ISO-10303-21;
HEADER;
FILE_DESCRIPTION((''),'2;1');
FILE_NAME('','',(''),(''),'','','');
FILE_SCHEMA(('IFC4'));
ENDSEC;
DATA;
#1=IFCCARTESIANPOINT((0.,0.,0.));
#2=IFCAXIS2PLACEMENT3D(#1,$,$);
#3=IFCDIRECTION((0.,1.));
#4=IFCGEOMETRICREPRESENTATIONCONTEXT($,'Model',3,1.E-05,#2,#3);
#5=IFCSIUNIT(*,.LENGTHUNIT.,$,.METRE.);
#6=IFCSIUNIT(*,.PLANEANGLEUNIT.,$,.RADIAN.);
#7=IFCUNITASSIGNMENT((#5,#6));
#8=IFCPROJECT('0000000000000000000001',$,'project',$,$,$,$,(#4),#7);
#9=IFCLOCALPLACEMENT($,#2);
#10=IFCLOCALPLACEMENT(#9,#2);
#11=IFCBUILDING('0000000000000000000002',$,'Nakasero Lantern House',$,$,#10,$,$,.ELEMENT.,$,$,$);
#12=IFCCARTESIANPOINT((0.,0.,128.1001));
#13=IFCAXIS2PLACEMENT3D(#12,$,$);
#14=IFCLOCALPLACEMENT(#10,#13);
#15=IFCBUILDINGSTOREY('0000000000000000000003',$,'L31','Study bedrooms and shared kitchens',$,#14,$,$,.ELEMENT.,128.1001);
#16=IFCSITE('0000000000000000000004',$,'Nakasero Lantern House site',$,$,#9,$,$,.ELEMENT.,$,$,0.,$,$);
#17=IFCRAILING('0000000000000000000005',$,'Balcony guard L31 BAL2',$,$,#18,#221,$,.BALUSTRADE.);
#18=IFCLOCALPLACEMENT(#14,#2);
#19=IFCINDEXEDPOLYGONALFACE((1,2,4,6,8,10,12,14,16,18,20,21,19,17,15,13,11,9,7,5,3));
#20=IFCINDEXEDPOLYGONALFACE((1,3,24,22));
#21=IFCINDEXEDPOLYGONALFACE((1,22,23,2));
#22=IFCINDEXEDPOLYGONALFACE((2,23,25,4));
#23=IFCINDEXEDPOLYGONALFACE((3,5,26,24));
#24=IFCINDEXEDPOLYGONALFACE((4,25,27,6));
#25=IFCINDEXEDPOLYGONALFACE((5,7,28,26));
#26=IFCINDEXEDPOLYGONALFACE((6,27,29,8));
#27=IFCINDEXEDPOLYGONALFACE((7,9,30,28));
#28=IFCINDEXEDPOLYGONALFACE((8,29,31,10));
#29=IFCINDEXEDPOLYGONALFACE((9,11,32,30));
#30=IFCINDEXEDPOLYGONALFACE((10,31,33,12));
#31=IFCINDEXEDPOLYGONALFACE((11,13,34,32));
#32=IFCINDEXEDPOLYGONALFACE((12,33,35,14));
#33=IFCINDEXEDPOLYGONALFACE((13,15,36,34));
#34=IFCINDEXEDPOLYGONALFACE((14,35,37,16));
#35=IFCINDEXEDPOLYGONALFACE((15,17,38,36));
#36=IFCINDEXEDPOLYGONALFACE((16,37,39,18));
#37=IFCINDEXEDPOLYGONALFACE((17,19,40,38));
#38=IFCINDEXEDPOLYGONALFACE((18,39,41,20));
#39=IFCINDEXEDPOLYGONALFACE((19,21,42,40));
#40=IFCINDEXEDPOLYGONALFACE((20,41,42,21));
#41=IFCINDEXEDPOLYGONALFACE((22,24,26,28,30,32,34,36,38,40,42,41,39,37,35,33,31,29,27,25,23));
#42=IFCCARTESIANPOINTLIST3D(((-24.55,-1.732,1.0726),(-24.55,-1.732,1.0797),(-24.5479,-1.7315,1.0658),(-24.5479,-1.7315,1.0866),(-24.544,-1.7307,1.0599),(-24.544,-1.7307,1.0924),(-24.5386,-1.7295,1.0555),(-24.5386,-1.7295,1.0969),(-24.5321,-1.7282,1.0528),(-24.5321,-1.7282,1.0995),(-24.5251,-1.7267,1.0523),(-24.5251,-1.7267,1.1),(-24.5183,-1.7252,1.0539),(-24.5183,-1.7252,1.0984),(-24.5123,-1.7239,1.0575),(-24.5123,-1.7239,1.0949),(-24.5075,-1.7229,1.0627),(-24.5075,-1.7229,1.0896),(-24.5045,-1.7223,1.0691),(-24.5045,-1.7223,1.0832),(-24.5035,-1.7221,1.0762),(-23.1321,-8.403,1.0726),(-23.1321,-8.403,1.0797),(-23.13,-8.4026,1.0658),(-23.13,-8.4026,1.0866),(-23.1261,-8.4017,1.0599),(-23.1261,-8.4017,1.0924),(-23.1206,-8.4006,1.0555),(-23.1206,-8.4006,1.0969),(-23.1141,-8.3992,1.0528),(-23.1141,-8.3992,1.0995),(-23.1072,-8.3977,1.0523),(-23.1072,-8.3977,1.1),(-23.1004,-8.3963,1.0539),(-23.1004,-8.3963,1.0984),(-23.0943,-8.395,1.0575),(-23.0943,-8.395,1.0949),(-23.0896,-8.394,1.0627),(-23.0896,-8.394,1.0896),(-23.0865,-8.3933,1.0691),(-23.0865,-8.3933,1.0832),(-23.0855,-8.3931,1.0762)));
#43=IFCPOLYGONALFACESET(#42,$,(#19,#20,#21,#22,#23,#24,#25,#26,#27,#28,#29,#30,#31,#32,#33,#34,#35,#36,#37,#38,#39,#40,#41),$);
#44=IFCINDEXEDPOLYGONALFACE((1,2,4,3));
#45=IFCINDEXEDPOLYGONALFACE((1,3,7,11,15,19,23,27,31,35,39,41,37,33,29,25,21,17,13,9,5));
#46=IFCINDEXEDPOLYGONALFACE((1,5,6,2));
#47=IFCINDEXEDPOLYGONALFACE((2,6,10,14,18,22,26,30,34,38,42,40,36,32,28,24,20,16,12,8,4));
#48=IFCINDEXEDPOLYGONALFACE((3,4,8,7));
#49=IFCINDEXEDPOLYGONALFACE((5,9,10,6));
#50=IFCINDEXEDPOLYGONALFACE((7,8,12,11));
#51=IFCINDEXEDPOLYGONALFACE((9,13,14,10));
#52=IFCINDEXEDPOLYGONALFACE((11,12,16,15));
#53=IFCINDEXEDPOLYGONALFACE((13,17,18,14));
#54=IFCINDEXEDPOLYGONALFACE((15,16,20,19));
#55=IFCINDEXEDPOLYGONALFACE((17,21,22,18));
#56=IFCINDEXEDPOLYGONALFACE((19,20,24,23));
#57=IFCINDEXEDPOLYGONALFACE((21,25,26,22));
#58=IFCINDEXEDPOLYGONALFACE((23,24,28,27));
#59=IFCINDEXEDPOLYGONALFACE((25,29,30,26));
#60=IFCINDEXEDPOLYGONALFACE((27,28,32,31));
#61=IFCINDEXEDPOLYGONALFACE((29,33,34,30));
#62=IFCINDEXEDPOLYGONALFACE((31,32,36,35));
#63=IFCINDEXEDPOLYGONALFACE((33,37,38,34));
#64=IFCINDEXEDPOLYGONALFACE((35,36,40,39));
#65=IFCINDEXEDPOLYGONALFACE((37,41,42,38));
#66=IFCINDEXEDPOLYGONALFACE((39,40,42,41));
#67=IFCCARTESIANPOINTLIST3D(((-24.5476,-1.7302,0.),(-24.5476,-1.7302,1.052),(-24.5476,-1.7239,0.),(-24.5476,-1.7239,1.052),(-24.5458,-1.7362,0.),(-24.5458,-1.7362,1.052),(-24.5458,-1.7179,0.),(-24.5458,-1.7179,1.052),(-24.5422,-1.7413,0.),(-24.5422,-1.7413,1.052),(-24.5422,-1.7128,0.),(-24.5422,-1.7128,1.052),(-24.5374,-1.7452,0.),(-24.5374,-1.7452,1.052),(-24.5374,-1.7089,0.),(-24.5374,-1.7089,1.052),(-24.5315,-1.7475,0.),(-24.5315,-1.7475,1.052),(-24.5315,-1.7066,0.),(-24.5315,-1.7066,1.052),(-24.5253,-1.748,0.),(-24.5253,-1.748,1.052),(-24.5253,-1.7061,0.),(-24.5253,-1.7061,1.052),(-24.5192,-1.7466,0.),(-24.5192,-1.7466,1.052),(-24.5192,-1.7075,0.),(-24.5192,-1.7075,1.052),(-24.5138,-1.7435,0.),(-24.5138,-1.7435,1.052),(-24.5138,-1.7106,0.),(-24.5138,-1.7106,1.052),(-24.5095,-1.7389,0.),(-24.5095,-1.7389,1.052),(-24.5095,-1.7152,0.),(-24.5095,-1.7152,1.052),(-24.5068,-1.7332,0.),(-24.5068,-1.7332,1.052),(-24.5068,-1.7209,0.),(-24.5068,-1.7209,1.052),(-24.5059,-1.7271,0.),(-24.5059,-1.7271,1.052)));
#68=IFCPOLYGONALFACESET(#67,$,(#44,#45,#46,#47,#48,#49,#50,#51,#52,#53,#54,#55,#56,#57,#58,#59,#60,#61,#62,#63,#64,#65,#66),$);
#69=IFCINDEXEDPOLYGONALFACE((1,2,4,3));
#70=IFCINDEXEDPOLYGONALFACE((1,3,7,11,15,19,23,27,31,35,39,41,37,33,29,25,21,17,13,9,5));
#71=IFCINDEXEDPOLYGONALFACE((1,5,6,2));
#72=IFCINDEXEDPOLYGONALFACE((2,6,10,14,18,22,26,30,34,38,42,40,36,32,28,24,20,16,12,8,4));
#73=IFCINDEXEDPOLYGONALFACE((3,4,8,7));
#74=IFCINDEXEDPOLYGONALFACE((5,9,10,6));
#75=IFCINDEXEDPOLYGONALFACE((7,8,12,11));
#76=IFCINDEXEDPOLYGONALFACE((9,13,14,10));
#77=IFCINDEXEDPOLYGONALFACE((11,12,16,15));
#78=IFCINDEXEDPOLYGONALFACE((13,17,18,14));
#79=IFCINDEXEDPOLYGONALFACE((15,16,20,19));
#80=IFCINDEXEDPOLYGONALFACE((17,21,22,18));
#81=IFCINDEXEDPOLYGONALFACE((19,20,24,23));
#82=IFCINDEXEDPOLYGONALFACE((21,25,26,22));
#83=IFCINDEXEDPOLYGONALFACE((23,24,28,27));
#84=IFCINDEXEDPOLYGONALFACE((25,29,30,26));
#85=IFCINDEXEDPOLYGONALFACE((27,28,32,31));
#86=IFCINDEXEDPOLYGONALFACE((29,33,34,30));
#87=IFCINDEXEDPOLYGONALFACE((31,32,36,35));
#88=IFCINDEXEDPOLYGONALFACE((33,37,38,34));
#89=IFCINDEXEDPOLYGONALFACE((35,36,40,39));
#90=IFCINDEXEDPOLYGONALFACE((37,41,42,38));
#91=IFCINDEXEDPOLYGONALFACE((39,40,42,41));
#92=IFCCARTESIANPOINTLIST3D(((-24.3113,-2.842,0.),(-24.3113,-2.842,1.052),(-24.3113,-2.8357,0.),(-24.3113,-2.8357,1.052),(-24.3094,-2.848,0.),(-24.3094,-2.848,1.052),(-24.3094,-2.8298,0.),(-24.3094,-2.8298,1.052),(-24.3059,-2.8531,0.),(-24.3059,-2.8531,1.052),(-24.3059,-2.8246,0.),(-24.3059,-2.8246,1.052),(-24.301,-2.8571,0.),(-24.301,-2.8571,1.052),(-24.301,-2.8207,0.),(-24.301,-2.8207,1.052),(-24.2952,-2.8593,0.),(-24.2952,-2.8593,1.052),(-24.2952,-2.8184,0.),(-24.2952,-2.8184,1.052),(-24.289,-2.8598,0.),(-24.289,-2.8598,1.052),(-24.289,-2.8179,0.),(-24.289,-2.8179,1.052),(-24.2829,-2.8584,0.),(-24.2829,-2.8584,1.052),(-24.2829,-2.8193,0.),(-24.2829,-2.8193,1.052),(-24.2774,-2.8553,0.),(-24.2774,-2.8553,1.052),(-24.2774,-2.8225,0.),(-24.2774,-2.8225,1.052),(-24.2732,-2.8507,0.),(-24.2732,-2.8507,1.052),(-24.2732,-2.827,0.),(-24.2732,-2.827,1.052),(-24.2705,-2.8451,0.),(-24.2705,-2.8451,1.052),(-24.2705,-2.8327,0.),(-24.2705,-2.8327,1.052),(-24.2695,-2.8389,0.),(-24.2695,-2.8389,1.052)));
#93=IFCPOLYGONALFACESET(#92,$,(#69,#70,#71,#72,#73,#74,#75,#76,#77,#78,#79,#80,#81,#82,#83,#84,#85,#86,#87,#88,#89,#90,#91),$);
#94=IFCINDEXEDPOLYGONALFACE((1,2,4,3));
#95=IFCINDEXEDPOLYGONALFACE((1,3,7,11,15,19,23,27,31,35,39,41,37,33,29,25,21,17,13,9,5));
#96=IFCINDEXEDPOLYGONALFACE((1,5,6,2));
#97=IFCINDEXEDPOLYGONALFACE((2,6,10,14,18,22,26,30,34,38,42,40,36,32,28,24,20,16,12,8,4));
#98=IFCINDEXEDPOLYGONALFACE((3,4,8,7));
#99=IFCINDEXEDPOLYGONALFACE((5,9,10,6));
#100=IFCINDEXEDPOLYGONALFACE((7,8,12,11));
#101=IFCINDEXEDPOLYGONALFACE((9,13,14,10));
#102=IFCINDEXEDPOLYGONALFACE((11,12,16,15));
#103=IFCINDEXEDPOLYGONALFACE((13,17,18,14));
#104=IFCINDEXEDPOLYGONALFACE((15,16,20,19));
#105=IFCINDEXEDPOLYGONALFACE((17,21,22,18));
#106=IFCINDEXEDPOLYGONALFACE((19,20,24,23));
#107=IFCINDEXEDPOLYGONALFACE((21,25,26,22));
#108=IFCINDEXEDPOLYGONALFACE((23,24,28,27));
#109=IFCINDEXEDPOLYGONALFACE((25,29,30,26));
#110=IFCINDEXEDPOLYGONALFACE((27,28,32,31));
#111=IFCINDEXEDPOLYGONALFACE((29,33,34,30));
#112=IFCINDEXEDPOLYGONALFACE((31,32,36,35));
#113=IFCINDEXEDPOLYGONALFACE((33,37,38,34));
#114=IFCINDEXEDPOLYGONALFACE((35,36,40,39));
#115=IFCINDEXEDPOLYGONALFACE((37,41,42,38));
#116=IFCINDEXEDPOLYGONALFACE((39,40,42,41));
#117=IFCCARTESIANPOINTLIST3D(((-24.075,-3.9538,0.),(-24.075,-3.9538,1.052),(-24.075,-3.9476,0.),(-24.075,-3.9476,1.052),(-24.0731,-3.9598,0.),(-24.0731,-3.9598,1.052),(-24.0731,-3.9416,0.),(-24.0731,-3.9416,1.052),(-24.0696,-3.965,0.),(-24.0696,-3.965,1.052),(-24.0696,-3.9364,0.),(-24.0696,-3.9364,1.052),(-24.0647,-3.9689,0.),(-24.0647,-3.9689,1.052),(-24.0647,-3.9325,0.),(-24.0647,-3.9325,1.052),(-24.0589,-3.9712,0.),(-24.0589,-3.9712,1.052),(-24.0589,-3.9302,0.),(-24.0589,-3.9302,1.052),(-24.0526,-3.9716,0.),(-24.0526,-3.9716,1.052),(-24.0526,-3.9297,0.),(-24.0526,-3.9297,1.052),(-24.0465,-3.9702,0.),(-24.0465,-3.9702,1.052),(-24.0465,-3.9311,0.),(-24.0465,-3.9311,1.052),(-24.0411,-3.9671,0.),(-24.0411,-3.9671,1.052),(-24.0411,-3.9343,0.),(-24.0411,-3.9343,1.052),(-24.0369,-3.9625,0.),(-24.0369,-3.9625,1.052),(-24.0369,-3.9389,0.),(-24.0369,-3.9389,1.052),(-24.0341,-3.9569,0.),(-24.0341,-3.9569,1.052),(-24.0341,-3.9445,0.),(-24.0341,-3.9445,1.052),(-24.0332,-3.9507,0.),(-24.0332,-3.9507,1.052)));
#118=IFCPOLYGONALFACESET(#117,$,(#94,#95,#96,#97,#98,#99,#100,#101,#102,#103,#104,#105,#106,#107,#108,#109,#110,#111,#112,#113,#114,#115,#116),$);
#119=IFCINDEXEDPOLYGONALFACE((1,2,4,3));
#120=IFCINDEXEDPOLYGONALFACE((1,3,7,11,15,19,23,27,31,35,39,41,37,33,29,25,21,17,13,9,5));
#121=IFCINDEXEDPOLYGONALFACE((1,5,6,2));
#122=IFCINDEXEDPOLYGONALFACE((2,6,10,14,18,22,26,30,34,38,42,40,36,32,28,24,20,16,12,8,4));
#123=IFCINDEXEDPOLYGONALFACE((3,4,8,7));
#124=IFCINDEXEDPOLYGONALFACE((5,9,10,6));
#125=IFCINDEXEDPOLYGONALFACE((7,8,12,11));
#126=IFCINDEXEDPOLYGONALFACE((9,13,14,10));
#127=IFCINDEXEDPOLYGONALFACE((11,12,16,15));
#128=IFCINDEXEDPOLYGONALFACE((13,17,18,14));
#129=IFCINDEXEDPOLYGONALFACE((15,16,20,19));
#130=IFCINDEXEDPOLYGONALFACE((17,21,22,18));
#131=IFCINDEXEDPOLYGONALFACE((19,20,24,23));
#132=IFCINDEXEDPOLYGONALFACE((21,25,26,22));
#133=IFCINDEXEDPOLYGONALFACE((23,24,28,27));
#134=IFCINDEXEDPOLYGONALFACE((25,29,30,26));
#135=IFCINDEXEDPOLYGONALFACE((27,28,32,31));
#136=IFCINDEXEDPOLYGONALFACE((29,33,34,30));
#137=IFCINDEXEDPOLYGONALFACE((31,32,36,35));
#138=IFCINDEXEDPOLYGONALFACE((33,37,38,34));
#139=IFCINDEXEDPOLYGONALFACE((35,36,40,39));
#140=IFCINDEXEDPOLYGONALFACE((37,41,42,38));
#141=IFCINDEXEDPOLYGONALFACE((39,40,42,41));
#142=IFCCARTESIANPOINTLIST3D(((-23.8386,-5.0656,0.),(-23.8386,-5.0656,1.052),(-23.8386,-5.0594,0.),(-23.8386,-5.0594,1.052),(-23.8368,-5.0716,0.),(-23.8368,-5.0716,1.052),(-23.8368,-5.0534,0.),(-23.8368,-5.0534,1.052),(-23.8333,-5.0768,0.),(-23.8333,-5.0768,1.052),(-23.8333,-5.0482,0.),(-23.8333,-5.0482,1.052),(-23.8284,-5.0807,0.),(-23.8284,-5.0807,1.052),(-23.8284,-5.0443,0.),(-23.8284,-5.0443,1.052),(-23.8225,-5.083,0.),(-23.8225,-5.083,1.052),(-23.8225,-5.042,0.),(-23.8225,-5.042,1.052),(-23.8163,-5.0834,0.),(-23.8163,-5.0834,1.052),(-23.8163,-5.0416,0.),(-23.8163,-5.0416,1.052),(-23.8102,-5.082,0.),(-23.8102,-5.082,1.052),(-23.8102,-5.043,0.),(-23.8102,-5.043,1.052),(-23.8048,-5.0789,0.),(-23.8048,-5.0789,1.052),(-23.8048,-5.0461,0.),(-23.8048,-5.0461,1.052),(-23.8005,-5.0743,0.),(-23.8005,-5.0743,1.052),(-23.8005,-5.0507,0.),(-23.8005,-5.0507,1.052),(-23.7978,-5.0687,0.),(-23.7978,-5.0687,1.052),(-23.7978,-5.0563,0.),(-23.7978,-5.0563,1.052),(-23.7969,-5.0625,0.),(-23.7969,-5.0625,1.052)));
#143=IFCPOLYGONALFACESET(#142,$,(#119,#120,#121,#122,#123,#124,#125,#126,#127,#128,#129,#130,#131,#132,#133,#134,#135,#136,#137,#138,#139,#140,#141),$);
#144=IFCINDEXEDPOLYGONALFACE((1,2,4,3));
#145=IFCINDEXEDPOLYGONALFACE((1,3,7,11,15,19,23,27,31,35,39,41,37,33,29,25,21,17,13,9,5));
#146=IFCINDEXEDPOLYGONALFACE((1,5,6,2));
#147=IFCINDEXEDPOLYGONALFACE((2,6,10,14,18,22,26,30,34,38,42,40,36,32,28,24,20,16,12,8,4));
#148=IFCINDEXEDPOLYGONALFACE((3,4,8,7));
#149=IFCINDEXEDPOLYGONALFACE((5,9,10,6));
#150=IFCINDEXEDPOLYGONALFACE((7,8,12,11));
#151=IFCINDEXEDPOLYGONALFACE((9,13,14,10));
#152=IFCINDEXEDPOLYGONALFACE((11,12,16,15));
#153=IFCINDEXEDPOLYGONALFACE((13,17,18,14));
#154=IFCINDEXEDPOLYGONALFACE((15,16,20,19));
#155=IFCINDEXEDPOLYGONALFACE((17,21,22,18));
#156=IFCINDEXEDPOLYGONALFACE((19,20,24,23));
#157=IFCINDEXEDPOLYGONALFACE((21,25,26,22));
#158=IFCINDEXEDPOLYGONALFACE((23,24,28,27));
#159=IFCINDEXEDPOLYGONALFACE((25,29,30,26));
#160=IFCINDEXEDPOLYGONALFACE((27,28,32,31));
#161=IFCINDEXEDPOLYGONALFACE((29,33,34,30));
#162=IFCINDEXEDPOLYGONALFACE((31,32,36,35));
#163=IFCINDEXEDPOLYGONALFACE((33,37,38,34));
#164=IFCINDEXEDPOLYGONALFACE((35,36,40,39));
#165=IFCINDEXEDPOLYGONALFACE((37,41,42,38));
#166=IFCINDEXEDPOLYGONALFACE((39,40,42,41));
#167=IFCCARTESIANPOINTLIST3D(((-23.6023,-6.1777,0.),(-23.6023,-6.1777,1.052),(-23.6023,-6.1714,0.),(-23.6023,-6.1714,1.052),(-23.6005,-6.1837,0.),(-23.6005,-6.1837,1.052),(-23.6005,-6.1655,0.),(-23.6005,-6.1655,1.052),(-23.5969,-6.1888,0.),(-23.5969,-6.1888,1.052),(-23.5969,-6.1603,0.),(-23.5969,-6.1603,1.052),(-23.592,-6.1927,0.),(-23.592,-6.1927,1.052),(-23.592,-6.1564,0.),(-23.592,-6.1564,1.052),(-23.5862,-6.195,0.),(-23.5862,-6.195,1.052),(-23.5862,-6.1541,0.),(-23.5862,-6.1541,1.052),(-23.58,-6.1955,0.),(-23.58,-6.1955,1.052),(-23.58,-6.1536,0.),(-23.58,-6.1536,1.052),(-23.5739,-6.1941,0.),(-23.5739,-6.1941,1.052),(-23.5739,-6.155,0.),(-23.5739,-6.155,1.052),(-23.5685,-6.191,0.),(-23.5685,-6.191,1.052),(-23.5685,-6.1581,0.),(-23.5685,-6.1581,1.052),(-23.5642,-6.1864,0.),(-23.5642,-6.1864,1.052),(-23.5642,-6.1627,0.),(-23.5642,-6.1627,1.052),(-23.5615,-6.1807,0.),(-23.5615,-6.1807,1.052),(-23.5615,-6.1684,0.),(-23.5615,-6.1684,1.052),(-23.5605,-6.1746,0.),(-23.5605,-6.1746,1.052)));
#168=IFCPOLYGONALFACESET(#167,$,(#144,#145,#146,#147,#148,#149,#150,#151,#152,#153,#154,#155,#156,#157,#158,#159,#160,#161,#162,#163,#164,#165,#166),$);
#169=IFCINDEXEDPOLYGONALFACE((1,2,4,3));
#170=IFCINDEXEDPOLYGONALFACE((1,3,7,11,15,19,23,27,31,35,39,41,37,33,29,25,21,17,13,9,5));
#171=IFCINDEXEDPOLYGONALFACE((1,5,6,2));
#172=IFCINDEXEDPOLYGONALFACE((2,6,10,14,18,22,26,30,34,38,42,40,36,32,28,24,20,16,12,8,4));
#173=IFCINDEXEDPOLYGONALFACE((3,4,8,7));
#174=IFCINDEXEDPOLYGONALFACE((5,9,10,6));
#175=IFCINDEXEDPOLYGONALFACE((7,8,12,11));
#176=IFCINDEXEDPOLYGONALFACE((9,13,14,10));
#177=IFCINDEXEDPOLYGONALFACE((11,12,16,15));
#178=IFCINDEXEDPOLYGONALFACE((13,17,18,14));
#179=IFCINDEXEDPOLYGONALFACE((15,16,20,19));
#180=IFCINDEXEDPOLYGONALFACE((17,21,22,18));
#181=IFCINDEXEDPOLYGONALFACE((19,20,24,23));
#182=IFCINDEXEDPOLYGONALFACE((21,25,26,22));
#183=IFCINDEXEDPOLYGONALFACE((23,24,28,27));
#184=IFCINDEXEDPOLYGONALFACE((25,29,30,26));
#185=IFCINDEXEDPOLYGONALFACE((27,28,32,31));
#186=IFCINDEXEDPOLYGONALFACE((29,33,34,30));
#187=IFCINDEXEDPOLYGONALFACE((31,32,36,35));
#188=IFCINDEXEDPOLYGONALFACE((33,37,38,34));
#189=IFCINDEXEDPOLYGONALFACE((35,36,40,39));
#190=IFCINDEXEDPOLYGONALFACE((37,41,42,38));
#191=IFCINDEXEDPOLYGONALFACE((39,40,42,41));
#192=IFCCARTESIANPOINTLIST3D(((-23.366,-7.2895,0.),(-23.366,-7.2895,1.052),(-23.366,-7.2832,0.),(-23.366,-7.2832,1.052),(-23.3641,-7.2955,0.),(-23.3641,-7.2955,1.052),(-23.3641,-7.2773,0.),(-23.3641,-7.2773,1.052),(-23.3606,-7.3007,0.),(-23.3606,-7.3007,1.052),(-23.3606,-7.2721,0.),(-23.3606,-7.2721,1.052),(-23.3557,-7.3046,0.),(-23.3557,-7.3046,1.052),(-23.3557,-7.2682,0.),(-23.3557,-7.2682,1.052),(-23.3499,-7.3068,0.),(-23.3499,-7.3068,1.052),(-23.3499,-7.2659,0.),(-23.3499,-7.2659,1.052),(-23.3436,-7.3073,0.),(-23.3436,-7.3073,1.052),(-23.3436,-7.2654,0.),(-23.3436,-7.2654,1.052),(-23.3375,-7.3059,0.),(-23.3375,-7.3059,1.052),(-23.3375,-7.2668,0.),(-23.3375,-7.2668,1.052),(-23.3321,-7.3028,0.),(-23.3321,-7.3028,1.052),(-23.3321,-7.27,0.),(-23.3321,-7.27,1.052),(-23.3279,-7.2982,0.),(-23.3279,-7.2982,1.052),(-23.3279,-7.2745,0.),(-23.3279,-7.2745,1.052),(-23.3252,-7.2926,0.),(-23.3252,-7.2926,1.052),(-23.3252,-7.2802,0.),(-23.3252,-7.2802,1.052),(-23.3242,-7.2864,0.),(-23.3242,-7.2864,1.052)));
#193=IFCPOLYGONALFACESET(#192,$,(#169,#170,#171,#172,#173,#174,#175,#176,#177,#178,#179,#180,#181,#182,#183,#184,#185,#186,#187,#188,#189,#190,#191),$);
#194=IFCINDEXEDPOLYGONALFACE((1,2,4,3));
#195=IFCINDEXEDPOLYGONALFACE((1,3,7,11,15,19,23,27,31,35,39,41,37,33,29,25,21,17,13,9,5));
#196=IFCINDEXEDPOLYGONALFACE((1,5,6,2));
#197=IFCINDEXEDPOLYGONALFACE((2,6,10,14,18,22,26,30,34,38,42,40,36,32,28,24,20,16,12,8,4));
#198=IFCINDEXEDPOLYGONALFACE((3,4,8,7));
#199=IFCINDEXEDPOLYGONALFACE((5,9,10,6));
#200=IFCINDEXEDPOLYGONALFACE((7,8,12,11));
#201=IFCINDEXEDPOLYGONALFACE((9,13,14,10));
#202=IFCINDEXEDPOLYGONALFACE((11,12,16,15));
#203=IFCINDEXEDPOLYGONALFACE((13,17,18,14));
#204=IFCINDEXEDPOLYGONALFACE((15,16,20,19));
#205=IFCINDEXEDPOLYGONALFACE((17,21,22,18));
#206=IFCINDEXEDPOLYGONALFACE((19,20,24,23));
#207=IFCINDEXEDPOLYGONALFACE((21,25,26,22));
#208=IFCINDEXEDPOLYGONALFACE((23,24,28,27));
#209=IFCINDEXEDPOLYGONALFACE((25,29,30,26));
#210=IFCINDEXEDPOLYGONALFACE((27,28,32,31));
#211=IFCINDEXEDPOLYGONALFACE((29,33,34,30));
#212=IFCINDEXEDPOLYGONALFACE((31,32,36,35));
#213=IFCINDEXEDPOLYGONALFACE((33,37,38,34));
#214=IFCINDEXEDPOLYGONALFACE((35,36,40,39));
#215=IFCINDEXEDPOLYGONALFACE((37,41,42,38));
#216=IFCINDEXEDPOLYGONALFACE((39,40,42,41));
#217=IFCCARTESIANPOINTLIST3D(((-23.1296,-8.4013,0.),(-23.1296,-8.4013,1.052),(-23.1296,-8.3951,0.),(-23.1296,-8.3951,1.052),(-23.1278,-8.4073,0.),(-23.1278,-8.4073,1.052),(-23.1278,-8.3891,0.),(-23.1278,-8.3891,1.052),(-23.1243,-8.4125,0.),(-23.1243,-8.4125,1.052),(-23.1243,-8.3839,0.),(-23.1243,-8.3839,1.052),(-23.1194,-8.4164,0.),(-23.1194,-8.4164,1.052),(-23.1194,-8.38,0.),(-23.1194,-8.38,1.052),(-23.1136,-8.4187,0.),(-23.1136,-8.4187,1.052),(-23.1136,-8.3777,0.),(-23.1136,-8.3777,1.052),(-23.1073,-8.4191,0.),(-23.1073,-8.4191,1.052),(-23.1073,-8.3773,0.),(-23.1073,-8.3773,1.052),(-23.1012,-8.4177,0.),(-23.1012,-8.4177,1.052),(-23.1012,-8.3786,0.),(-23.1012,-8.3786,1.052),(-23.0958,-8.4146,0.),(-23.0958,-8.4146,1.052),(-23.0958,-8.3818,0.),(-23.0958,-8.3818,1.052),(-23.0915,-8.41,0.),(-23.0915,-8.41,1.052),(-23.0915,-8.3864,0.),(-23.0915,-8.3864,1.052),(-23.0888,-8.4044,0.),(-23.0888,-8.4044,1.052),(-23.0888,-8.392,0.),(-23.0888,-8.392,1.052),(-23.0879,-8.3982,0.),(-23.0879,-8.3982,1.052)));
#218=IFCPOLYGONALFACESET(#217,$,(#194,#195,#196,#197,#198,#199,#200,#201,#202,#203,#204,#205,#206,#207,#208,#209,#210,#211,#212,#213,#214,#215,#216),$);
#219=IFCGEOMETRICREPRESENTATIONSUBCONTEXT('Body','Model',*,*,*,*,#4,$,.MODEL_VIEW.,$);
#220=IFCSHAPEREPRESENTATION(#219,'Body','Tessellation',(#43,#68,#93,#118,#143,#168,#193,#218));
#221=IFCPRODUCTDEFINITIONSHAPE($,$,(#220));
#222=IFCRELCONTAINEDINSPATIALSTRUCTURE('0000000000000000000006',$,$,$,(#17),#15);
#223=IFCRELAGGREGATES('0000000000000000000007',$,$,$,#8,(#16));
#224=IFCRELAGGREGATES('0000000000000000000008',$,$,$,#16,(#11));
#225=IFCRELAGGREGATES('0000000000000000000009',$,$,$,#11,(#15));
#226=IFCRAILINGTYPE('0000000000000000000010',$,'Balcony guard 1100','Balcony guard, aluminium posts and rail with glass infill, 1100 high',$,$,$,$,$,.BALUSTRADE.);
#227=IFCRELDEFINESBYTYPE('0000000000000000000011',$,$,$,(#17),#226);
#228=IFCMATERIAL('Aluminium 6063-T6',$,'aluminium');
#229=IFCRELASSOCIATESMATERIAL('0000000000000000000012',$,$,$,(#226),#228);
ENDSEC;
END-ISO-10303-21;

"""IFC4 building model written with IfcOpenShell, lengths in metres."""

from ifc_helpers import new_model, si_unit, direction, frame, origin, origin_2d, place, context, subcontext, project, spatial, circle, extrude, material, type_object, element, save


model = new_model("IFC4")

# Units and contexts
model_context = context("Model", 3, precision=1e-05, world=origin(), true_north=direction((0.0, 1.0)))
body_context = subcontext(model_context, "Body", "Model", "MODEL_VIEW")
ifc_project = project(units=[si_unit("LENGTHUNIT", "METRE"), si_unit("PLANEANGLEUNIT", "RADIAN")], contexts=[model_context])

# Site, building, storey
site_placement = place(None, origin())
site = spatial("IfcSite", under=ifc_project, at=site_placement, Name="Nakasero Lantern House site", CompositionType="ELEMENT", RefElevation=0.0)
building_placement = place(site_placement, origin())
building = spatial("IfcBuilding", under=site, at=building_placement, Name="Nakasero Lantern House", CompositionType="ELEMENT")
storey_placement = place(building_placement, frame((0.0, 0.0, 128.1001)))
storey = spatial("IfcBuildingStorey", under=building, at=storey_placement, Name="L31", Description="Study bedrooms and shared kitchens", CompositionType="ELEMENT", Elevation=128.1001)

# Railing
ifc_material_1 = material(Name="Aluminium 6063-T6", Category="aluminium")
railing_type = type_object("IfcRailingType", Name="Balcony guard 1100", Description="Balcony guard, aluminium posts and rail with glass infill, 1100 high", PredefinedType="BALUSTRADE", material=ifc_material_1)
railing_placement = place(storey_placement, frame((-24.5269, -1.7271, 0.0)))
element("IfcRailing", 1, at=railing_placement, inside=storey, type_object=railing_type, Name="Balcony guard L31 BAL2", PredefinedType="BALUSTRADE", context=body_context, shape_type="SweptSolid", body=[
    extrude(circle(Radius=0.0239, at=origin_2d()), frame((0.0, 0.0, 1.0762), z_axis=(0.207908, -0.978148, 0.0), x_axis=(0.978148, 0.207908, 0.0)), (0.0, 0.0, 1.0), 6.8201),
    extrude(circle(Radius=0.021, at=origin_2d()), origin(), (0.0, 0.0, 1.0), 1.052),
    extrude(circle(Radius=0.021, at=origin_2d()), frame((0.2363, -1.1118, 0.0)), (0.0, 0.0, 1.0), 1.052),
    extrude(circle(Radius=0.021, at=origin_2d()), frame((0.4727, -2.2236, 0.0)), (0.0, 0.0, 1.0), 1.052),
    extrude(circle(Radius=0.021, at=origin_2d()), frame((0.709, -3.3354, 0.0)), (0.0, 0.0, 1.0), 1.052),
    extrude(circle(Radius=0.021, at=origin_2d()), frame((0.9453, -4.4475, 0.0)), (0.0, 0.0, 1.0), 1.052),
    extrude(circle(Radius=0.021, at=origin_2d()), frame((1.1816, -5.5593, 0.0)), (0.0, 0.0, 1.0), 1.052),
    extrude(circle(Radius=0.021, at=origin_2d()), frame((1.418, -6.6711, 0.0)), (0.0, 0.0, 1.0), 1.052),
])

save(model, "model.ifc")
